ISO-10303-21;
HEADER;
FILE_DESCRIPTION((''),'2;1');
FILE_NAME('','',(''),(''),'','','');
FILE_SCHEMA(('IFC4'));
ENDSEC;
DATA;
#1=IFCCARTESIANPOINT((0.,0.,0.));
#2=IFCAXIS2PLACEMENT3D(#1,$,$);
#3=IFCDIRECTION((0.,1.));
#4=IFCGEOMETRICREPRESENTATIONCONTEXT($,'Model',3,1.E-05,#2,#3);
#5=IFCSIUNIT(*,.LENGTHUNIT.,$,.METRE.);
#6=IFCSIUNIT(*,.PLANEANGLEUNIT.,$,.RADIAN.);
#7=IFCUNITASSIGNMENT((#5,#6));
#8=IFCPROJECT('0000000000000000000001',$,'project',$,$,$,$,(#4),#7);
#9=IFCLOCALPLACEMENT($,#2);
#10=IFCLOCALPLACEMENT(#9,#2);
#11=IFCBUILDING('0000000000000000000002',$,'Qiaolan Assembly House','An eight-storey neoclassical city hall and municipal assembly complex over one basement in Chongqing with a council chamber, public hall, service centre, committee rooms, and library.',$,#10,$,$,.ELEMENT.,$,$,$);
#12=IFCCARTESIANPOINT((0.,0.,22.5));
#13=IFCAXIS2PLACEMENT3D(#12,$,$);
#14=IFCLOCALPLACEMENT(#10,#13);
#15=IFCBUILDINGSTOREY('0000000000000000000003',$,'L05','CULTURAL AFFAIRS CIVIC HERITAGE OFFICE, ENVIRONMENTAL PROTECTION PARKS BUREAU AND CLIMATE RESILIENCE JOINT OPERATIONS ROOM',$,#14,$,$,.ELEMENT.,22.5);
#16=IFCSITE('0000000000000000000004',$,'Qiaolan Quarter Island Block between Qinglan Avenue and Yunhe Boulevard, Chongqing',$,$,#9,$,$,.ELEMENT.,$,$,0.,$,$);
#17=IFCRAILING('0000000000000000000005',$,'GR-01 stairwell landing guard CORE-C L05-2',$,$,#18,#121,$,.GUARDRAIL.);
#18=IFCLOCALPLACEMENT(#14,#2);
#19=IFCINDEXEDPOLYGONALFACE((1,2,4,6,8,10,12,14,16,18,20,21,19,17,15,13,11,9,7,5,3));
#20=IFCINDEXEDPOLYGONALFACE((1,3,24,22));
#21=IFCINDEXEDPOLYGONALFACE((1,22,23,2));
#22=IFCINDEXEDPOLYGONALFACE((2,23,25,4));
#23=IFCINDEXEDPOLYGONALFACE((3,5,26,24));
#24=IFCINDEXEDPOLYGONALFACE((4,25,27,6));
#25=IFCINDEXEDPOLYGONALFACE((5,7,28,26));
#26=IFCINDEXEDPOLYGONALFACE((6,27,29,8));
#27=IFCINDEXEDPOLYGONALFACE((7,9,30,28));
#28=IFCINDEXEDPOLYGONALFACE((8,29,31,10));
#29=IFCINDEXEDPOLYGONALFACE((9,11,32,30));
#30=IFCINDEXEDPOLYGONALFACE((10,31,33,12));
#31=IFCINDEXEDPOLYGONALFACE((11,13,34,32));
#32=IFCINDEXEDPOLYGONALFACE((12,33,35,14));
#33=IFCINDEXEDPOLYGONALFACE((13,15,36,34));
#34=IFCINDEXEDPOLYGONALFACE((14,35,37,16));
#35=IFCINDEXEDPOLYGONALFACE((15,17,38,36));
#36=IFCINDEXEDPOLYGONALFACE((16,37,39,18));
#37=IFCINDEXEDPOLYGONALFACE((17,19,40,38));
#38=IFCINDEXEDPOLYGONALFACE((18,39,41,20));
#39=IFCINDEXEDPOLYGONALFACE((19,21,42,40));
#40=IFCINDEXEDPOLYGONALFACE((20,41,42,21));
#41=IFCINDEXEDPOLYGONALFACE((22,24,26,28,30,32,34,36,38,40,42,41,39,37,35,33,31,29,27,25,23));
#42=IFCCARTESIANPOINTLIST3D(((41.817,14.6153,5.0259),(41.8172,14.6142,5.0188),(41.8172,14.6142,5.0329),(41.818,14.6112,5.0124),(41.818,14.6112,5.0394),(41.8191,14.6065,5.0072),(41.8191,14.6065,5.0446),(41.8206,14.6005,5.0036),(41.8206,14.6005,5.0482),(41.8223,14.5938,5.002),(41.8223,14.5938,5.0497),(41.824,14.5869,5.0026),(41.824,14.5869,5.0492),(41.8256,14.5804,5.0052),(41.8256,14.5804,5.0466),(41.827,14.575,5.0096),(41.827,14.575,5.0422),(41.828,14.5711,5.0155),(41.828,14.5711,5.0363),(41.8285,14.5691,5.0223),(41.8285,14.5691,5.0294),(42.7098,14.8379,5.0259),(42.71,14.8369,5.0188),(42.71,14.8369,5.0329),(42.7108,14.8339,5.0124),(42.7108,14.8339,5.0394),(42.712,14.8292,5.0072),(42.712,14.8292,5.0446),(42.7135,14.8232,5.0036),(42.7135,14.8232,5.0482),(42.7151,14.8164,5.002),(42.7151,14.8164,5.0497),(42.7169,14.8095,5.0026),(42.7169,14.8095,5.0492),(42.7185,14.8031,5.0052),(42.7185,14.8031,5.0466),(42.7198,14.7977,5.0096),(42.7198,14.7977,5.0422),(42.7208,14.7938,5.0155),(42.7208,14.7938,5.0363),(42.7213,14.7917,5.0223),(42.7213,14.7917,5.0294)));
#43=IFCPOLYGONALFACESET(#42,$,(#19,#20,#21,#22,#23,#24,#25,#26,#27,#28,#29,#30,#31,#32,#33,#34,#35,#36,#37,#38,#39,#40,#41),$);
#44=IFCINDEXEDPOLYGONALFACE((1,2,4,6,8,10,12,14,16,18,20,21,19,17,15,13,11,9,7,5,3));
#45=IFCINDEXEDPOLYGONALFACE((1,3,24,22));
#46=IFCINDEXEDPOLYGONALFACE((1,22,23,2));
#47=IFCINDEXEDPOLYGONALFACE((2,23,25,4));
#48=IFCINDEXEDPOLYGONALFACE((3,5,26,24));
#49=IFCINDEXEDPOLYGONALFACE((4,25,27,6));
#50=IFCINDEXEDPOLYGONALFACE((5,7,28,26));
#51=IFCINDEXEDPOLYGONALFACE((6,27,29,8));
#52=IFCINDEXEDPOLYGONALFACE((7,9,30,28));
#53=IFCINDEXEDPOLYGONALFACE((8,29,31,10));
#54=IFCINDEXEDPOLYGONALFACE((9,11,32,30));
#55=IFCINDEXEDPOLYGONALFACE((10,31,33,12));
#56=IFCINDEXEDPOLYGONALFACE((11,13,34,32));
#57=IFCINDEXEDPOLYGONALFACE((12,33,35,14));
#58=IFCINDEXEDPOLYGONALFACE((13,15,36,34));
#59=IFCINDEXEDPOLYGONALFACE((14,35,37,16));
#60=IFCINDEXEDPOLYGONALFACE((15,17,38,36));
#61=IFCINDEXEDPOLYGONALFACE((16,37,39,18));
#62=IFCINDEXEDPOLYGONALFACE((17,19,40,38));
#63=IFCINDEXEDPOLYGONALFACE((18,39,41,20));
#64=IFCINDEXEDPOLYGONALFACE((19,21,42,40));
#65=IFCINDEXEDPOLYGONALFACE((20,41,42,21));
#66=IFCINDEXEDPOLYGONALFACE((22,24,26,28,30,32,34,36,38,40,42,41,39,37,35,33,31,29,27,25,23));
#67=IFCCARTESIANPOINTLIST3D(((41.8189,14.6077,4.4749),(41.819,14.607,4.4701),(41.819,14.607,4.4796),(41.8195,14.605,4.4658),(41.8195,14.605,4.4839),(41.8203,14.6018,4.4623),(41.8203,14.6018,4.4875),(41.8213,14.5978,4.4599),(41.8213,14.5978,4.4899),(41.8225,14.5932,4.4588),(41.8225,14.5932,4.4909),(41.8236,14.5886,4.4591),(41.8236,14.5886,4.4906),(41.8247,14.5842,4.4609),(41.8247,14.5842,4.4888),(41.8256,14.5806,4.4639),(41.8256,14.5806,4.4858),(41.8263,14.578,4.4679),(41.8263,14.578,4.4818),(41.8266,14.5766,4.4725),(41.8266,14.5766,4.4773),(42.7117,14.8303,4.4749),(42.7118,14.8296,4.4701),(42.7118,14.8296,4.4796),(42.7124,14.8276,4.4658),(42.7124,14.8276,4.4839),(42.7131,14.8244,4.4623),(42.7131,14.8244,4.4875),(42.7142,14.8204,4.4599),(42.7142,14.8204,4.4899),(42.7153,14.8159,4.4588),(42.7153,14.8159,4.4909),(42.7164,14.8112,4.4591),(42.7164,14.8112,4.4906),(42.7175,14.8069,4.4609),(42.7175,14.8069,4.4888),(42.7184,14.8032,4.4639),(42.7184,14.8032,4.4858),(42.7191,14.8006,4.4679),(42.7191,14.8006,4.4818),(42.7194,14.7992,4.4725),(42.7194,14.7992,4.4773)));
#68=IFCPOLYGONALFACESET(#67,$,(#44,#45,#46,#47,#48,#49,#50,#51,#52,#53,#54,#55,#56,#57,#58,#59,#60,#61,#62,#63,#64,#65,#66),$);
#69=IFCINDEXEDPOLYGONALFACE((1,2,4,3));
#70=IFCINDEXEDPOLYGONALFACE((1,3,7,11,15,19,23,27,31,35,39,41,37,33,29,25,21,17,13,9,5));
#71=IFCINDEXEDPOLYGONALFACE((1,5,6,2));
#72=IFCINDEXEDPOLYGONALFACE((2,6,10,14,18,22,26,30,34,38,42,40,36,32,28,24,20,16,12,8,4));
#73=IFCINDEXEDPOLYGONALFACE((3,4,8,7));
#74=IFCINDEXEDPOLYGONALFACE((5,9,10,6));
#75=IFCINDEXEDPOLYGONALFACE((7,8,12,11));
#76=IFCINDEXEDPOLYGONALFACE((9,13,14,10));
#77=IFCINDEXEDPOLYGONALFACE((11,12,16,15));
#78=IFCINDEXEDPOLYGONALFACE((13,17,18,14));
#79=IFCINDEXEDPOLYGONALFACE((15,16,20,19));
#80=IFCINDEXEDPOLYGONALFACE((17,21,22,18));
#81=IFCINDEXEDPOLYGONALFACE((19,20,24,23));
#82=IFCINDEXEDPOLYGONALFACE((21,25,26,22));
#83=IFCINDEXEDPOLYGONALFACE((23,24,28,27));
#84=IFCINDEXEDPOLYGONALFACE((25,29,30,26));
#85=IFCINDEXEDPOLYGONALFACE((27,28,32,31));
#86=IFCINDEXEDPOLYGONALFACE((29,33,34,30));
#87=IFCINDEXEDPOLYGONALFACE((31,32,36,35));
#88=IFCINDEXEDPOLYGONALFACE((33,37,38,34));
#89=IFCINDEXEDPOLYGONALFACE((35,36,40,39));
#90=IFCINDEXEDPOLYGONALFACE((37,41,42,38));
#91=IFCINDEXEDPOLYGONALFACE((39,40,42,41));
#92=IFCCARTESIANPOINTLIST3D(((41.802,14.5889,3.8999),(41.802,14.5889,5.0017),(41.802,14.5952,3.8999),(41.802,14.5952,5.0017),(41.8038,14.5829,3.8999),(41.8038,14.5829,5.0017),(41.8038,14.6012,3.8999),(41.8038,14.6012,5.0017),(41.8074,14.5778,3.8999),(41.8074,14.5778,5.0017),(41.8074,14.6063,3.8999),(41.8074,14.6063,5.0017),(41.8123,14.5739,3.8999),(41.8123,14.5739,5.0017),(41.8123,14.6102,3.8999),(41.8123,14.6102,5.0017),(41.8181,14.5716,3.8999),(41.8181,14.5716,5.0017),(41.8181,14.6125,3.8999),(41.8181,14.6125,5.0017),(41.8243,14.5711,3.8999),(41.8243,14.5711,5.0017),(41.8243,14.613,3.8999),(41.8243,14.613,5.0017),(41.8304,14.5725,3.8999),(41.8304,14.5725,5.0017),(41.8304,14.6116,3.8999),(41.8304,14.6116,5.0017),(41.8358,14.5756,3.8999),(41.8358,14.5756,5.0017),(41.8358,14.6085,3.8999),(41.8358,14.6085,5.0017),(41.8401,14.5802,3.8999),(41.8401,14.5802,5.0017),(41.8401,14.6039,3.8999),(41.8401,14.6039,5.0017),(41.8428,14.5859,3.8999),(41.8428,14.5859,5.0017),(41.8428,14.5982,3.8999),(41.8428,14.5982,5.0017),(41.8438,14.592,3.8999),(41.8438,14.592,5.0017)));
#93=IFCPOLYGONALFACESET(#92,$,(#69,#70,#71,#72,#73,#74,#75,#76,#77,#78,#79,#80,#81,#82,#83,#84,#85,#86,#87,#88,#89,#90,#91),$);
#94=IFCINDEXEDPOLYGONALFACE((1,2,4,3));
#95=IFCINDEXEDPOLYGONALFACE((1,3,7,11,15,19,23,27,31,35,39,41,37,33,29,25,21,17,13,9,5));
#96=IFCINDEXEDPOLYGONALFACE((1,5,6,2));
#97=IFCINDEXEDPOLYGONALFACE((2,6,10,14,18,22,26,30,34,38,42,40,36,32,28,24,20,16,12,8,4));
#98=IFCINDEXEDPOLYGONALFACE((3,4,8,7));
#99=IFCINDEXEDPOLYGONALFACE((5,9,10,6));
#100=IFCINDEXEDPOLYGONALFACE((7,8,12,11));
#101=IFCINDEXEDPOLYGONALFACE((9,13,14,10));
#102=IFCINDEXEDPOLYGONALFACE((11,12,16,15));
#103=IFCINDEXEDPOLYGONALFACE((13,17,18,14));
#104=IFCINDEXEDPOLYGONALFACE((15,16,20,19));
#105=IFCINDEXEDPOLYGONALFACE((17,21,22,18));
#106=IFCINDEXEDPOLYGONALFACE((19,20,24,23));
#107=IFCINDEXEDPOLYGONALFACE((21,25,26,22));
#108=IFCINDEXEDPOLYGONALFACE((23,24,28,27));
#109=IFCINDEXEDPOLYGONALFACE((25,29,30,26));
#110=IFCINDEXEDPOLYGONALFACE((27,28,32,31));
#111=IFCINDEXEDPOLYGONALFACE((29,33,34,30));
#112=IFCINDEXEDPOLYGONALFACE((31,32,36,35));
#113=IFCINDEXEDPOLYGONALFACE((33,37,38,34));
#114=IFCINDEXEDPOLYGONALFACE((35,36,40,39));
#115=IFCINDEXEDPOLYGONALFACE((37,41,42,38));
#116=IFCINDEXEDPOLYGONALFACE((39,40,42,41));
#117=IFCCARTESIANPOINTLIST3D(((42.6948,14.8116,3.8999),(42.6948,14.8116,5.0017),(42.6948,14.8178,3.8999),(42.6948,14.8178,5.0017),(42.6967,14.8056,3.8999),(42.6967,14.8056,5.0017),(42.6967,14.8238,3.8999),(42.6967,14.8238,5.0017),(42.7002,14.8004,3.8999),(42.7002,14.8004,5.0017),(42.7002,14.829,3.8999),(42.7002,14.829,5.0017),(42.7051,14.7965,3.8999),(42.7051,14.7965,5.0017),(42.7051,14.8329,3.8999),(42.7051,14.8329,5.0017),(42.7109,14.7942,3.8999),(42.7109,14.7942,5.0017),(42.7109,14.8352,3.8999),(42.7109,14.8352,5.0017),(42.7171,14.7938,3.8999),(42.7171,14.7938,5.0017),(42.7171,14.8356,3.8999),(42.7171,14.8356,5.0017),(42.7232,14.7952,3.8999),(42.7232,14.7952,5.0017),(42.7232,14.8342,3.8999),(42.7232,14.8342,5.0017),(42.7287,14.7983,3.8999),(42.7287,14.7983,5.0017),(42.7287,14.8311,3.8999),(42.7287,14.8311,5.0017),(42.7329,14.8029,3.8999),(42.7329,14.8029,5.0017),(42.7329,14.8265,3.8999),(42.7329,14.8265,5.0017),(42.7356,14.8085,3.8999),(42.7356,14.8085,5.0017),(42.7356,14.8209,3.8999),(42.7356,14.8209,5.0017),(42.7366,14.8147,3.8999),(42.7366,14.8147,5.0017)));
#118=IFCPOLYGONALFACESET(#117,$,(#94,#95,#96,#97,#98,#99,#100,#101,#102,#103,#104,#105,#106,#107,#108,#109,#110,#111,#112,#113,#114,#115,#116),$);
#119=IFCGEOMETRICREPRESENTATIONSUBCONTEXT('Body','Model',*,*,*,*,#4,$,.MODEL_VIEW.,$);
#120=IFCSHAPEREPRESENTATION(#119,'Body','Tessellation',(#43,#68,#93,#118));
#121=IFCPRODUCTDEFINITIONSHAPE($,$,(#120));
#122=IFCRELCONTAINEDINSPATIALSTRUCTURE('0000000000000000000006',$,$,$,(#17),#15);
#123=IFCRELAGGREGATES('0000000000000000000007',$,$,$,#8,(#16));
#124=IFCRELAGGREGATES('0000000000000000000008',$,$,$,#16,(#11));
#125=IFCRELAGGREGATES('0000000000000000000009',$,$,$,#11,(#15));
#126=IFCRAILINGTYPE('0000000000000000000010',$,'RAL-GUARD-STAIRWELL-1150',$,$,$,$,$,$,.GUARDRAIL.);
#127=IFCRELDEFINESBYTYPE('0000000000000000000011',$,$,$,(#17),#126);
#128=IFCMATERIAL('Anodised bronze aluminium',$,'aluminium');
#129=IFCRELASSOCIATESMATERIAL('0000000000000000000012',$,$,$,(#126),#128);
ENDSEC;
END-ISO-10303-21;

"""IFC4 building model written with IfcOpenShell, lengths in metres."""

from ifc_helpers import new_model, si_unit, direction, frame, origin, origin_2d, place, context, subcontext, project, spatial, circle, extrude, material, type_object, element, save


model = new_model("IFC4")

# Units and contexts
model_context = context("Model", 3, precision=1e-05, world=origin(), true_north=direction((0.0, 1.0)))
body_context = subcontext(model_context, "Body", "Model", "MODEL_VIEW")
ifc_project = project(units=[si_unit("LENGTHUNIT", "METRE"), si_unit("PLANEANGLEUNIT", "RADIAN")], contexts=[model_context])

# Site, building, storey
site_placement = place(None, origin())
site = spatial("IfcSite", under=ifc_project, at=site_placement, Name="Qiaolan Quarter Island Block between Qinglan Avenue and Yunhe Boulevard, Chongqing", CompositionType="ELEMENT", RefElevation=0.0)
building_placement = place(site_placement, origin())
building = spatial("IfcBuilding", under=site, at=building_placement, Name="Qiaolan Assembly House", Description="An eight-storey neoclassical city hall and municipal assembly complex over one basement in Chongqing with a council chamber, public hall, service centre, committee rooms, and library.", CompositionType="ELEMENT")
storey_placement = place(building_placement, frame((0.0, 0.0, 22.5)))
storey = spatial("IfcBuildingStorey", under=building, at=storey_placement, Name="L05", Description="CULTURAL AFFAIRS CIVIC HERITAGE OFFICE, ENVIRONMENTAL PROTECTION PARKS BUREAU AND CLIMATE RESILIENCE JOINT OPERATIONS ROOM", CompositionType="ELEMENT", Elevation=22.5)

# Railing
ifc_material_1 = material(Name="Anodised bronze aluminium", Category="aluminium")
railing_type_1 = type_object("IfcRailingType", Name="RAL-GUARD-STAIRWELL-1150", PredefinedType="GUARDRAIL", material=ifc_material_1)
railing_1_placement = place(storey_placement, frame((41.8228, 14.592, 3.8999)))
element("IfcRailing", 1, at=railing_1_placement, inside=storey, type_object=railing_type_1, Name="GR-01 stairwell landing guard CORE-C L05-2", PredefinedType="GUARDRAIL", context=body_context, shape_type="SweptSolid", body=[
    extrude(circle(Radius=0.0239, at=origin_2d()), frame((0.0, 0.0, 1.126), z_axis=(0.970283, 0.241974, 0.0), x_axis=(-0.241974, 0.970283, 0.0)), (0.0, 0.0, 1.0), 0.9202),
    extrude(circle(Radius=0.0161, at=origin_2d()), frame((0.0, 0.0, 0.575), z_axis=(0.970283, 0.241974, 0.0), x_axis=(-0.241974, 0.970283, 0.0)), (0.0, 0.0, 1.0), 0.9202),
    extrude(circle(Radius=0.021, at=origin_2d()), origin(), (0.0, 0.0, 1.0), 1.1018),
    extrude(circle(Radius=0.021, at=origin_2d()), frame((0.8928, 0.2227, 0.0)), (0.0, 0.0, 1.0), 1.1018),
])

save(model, "model.ifc")
